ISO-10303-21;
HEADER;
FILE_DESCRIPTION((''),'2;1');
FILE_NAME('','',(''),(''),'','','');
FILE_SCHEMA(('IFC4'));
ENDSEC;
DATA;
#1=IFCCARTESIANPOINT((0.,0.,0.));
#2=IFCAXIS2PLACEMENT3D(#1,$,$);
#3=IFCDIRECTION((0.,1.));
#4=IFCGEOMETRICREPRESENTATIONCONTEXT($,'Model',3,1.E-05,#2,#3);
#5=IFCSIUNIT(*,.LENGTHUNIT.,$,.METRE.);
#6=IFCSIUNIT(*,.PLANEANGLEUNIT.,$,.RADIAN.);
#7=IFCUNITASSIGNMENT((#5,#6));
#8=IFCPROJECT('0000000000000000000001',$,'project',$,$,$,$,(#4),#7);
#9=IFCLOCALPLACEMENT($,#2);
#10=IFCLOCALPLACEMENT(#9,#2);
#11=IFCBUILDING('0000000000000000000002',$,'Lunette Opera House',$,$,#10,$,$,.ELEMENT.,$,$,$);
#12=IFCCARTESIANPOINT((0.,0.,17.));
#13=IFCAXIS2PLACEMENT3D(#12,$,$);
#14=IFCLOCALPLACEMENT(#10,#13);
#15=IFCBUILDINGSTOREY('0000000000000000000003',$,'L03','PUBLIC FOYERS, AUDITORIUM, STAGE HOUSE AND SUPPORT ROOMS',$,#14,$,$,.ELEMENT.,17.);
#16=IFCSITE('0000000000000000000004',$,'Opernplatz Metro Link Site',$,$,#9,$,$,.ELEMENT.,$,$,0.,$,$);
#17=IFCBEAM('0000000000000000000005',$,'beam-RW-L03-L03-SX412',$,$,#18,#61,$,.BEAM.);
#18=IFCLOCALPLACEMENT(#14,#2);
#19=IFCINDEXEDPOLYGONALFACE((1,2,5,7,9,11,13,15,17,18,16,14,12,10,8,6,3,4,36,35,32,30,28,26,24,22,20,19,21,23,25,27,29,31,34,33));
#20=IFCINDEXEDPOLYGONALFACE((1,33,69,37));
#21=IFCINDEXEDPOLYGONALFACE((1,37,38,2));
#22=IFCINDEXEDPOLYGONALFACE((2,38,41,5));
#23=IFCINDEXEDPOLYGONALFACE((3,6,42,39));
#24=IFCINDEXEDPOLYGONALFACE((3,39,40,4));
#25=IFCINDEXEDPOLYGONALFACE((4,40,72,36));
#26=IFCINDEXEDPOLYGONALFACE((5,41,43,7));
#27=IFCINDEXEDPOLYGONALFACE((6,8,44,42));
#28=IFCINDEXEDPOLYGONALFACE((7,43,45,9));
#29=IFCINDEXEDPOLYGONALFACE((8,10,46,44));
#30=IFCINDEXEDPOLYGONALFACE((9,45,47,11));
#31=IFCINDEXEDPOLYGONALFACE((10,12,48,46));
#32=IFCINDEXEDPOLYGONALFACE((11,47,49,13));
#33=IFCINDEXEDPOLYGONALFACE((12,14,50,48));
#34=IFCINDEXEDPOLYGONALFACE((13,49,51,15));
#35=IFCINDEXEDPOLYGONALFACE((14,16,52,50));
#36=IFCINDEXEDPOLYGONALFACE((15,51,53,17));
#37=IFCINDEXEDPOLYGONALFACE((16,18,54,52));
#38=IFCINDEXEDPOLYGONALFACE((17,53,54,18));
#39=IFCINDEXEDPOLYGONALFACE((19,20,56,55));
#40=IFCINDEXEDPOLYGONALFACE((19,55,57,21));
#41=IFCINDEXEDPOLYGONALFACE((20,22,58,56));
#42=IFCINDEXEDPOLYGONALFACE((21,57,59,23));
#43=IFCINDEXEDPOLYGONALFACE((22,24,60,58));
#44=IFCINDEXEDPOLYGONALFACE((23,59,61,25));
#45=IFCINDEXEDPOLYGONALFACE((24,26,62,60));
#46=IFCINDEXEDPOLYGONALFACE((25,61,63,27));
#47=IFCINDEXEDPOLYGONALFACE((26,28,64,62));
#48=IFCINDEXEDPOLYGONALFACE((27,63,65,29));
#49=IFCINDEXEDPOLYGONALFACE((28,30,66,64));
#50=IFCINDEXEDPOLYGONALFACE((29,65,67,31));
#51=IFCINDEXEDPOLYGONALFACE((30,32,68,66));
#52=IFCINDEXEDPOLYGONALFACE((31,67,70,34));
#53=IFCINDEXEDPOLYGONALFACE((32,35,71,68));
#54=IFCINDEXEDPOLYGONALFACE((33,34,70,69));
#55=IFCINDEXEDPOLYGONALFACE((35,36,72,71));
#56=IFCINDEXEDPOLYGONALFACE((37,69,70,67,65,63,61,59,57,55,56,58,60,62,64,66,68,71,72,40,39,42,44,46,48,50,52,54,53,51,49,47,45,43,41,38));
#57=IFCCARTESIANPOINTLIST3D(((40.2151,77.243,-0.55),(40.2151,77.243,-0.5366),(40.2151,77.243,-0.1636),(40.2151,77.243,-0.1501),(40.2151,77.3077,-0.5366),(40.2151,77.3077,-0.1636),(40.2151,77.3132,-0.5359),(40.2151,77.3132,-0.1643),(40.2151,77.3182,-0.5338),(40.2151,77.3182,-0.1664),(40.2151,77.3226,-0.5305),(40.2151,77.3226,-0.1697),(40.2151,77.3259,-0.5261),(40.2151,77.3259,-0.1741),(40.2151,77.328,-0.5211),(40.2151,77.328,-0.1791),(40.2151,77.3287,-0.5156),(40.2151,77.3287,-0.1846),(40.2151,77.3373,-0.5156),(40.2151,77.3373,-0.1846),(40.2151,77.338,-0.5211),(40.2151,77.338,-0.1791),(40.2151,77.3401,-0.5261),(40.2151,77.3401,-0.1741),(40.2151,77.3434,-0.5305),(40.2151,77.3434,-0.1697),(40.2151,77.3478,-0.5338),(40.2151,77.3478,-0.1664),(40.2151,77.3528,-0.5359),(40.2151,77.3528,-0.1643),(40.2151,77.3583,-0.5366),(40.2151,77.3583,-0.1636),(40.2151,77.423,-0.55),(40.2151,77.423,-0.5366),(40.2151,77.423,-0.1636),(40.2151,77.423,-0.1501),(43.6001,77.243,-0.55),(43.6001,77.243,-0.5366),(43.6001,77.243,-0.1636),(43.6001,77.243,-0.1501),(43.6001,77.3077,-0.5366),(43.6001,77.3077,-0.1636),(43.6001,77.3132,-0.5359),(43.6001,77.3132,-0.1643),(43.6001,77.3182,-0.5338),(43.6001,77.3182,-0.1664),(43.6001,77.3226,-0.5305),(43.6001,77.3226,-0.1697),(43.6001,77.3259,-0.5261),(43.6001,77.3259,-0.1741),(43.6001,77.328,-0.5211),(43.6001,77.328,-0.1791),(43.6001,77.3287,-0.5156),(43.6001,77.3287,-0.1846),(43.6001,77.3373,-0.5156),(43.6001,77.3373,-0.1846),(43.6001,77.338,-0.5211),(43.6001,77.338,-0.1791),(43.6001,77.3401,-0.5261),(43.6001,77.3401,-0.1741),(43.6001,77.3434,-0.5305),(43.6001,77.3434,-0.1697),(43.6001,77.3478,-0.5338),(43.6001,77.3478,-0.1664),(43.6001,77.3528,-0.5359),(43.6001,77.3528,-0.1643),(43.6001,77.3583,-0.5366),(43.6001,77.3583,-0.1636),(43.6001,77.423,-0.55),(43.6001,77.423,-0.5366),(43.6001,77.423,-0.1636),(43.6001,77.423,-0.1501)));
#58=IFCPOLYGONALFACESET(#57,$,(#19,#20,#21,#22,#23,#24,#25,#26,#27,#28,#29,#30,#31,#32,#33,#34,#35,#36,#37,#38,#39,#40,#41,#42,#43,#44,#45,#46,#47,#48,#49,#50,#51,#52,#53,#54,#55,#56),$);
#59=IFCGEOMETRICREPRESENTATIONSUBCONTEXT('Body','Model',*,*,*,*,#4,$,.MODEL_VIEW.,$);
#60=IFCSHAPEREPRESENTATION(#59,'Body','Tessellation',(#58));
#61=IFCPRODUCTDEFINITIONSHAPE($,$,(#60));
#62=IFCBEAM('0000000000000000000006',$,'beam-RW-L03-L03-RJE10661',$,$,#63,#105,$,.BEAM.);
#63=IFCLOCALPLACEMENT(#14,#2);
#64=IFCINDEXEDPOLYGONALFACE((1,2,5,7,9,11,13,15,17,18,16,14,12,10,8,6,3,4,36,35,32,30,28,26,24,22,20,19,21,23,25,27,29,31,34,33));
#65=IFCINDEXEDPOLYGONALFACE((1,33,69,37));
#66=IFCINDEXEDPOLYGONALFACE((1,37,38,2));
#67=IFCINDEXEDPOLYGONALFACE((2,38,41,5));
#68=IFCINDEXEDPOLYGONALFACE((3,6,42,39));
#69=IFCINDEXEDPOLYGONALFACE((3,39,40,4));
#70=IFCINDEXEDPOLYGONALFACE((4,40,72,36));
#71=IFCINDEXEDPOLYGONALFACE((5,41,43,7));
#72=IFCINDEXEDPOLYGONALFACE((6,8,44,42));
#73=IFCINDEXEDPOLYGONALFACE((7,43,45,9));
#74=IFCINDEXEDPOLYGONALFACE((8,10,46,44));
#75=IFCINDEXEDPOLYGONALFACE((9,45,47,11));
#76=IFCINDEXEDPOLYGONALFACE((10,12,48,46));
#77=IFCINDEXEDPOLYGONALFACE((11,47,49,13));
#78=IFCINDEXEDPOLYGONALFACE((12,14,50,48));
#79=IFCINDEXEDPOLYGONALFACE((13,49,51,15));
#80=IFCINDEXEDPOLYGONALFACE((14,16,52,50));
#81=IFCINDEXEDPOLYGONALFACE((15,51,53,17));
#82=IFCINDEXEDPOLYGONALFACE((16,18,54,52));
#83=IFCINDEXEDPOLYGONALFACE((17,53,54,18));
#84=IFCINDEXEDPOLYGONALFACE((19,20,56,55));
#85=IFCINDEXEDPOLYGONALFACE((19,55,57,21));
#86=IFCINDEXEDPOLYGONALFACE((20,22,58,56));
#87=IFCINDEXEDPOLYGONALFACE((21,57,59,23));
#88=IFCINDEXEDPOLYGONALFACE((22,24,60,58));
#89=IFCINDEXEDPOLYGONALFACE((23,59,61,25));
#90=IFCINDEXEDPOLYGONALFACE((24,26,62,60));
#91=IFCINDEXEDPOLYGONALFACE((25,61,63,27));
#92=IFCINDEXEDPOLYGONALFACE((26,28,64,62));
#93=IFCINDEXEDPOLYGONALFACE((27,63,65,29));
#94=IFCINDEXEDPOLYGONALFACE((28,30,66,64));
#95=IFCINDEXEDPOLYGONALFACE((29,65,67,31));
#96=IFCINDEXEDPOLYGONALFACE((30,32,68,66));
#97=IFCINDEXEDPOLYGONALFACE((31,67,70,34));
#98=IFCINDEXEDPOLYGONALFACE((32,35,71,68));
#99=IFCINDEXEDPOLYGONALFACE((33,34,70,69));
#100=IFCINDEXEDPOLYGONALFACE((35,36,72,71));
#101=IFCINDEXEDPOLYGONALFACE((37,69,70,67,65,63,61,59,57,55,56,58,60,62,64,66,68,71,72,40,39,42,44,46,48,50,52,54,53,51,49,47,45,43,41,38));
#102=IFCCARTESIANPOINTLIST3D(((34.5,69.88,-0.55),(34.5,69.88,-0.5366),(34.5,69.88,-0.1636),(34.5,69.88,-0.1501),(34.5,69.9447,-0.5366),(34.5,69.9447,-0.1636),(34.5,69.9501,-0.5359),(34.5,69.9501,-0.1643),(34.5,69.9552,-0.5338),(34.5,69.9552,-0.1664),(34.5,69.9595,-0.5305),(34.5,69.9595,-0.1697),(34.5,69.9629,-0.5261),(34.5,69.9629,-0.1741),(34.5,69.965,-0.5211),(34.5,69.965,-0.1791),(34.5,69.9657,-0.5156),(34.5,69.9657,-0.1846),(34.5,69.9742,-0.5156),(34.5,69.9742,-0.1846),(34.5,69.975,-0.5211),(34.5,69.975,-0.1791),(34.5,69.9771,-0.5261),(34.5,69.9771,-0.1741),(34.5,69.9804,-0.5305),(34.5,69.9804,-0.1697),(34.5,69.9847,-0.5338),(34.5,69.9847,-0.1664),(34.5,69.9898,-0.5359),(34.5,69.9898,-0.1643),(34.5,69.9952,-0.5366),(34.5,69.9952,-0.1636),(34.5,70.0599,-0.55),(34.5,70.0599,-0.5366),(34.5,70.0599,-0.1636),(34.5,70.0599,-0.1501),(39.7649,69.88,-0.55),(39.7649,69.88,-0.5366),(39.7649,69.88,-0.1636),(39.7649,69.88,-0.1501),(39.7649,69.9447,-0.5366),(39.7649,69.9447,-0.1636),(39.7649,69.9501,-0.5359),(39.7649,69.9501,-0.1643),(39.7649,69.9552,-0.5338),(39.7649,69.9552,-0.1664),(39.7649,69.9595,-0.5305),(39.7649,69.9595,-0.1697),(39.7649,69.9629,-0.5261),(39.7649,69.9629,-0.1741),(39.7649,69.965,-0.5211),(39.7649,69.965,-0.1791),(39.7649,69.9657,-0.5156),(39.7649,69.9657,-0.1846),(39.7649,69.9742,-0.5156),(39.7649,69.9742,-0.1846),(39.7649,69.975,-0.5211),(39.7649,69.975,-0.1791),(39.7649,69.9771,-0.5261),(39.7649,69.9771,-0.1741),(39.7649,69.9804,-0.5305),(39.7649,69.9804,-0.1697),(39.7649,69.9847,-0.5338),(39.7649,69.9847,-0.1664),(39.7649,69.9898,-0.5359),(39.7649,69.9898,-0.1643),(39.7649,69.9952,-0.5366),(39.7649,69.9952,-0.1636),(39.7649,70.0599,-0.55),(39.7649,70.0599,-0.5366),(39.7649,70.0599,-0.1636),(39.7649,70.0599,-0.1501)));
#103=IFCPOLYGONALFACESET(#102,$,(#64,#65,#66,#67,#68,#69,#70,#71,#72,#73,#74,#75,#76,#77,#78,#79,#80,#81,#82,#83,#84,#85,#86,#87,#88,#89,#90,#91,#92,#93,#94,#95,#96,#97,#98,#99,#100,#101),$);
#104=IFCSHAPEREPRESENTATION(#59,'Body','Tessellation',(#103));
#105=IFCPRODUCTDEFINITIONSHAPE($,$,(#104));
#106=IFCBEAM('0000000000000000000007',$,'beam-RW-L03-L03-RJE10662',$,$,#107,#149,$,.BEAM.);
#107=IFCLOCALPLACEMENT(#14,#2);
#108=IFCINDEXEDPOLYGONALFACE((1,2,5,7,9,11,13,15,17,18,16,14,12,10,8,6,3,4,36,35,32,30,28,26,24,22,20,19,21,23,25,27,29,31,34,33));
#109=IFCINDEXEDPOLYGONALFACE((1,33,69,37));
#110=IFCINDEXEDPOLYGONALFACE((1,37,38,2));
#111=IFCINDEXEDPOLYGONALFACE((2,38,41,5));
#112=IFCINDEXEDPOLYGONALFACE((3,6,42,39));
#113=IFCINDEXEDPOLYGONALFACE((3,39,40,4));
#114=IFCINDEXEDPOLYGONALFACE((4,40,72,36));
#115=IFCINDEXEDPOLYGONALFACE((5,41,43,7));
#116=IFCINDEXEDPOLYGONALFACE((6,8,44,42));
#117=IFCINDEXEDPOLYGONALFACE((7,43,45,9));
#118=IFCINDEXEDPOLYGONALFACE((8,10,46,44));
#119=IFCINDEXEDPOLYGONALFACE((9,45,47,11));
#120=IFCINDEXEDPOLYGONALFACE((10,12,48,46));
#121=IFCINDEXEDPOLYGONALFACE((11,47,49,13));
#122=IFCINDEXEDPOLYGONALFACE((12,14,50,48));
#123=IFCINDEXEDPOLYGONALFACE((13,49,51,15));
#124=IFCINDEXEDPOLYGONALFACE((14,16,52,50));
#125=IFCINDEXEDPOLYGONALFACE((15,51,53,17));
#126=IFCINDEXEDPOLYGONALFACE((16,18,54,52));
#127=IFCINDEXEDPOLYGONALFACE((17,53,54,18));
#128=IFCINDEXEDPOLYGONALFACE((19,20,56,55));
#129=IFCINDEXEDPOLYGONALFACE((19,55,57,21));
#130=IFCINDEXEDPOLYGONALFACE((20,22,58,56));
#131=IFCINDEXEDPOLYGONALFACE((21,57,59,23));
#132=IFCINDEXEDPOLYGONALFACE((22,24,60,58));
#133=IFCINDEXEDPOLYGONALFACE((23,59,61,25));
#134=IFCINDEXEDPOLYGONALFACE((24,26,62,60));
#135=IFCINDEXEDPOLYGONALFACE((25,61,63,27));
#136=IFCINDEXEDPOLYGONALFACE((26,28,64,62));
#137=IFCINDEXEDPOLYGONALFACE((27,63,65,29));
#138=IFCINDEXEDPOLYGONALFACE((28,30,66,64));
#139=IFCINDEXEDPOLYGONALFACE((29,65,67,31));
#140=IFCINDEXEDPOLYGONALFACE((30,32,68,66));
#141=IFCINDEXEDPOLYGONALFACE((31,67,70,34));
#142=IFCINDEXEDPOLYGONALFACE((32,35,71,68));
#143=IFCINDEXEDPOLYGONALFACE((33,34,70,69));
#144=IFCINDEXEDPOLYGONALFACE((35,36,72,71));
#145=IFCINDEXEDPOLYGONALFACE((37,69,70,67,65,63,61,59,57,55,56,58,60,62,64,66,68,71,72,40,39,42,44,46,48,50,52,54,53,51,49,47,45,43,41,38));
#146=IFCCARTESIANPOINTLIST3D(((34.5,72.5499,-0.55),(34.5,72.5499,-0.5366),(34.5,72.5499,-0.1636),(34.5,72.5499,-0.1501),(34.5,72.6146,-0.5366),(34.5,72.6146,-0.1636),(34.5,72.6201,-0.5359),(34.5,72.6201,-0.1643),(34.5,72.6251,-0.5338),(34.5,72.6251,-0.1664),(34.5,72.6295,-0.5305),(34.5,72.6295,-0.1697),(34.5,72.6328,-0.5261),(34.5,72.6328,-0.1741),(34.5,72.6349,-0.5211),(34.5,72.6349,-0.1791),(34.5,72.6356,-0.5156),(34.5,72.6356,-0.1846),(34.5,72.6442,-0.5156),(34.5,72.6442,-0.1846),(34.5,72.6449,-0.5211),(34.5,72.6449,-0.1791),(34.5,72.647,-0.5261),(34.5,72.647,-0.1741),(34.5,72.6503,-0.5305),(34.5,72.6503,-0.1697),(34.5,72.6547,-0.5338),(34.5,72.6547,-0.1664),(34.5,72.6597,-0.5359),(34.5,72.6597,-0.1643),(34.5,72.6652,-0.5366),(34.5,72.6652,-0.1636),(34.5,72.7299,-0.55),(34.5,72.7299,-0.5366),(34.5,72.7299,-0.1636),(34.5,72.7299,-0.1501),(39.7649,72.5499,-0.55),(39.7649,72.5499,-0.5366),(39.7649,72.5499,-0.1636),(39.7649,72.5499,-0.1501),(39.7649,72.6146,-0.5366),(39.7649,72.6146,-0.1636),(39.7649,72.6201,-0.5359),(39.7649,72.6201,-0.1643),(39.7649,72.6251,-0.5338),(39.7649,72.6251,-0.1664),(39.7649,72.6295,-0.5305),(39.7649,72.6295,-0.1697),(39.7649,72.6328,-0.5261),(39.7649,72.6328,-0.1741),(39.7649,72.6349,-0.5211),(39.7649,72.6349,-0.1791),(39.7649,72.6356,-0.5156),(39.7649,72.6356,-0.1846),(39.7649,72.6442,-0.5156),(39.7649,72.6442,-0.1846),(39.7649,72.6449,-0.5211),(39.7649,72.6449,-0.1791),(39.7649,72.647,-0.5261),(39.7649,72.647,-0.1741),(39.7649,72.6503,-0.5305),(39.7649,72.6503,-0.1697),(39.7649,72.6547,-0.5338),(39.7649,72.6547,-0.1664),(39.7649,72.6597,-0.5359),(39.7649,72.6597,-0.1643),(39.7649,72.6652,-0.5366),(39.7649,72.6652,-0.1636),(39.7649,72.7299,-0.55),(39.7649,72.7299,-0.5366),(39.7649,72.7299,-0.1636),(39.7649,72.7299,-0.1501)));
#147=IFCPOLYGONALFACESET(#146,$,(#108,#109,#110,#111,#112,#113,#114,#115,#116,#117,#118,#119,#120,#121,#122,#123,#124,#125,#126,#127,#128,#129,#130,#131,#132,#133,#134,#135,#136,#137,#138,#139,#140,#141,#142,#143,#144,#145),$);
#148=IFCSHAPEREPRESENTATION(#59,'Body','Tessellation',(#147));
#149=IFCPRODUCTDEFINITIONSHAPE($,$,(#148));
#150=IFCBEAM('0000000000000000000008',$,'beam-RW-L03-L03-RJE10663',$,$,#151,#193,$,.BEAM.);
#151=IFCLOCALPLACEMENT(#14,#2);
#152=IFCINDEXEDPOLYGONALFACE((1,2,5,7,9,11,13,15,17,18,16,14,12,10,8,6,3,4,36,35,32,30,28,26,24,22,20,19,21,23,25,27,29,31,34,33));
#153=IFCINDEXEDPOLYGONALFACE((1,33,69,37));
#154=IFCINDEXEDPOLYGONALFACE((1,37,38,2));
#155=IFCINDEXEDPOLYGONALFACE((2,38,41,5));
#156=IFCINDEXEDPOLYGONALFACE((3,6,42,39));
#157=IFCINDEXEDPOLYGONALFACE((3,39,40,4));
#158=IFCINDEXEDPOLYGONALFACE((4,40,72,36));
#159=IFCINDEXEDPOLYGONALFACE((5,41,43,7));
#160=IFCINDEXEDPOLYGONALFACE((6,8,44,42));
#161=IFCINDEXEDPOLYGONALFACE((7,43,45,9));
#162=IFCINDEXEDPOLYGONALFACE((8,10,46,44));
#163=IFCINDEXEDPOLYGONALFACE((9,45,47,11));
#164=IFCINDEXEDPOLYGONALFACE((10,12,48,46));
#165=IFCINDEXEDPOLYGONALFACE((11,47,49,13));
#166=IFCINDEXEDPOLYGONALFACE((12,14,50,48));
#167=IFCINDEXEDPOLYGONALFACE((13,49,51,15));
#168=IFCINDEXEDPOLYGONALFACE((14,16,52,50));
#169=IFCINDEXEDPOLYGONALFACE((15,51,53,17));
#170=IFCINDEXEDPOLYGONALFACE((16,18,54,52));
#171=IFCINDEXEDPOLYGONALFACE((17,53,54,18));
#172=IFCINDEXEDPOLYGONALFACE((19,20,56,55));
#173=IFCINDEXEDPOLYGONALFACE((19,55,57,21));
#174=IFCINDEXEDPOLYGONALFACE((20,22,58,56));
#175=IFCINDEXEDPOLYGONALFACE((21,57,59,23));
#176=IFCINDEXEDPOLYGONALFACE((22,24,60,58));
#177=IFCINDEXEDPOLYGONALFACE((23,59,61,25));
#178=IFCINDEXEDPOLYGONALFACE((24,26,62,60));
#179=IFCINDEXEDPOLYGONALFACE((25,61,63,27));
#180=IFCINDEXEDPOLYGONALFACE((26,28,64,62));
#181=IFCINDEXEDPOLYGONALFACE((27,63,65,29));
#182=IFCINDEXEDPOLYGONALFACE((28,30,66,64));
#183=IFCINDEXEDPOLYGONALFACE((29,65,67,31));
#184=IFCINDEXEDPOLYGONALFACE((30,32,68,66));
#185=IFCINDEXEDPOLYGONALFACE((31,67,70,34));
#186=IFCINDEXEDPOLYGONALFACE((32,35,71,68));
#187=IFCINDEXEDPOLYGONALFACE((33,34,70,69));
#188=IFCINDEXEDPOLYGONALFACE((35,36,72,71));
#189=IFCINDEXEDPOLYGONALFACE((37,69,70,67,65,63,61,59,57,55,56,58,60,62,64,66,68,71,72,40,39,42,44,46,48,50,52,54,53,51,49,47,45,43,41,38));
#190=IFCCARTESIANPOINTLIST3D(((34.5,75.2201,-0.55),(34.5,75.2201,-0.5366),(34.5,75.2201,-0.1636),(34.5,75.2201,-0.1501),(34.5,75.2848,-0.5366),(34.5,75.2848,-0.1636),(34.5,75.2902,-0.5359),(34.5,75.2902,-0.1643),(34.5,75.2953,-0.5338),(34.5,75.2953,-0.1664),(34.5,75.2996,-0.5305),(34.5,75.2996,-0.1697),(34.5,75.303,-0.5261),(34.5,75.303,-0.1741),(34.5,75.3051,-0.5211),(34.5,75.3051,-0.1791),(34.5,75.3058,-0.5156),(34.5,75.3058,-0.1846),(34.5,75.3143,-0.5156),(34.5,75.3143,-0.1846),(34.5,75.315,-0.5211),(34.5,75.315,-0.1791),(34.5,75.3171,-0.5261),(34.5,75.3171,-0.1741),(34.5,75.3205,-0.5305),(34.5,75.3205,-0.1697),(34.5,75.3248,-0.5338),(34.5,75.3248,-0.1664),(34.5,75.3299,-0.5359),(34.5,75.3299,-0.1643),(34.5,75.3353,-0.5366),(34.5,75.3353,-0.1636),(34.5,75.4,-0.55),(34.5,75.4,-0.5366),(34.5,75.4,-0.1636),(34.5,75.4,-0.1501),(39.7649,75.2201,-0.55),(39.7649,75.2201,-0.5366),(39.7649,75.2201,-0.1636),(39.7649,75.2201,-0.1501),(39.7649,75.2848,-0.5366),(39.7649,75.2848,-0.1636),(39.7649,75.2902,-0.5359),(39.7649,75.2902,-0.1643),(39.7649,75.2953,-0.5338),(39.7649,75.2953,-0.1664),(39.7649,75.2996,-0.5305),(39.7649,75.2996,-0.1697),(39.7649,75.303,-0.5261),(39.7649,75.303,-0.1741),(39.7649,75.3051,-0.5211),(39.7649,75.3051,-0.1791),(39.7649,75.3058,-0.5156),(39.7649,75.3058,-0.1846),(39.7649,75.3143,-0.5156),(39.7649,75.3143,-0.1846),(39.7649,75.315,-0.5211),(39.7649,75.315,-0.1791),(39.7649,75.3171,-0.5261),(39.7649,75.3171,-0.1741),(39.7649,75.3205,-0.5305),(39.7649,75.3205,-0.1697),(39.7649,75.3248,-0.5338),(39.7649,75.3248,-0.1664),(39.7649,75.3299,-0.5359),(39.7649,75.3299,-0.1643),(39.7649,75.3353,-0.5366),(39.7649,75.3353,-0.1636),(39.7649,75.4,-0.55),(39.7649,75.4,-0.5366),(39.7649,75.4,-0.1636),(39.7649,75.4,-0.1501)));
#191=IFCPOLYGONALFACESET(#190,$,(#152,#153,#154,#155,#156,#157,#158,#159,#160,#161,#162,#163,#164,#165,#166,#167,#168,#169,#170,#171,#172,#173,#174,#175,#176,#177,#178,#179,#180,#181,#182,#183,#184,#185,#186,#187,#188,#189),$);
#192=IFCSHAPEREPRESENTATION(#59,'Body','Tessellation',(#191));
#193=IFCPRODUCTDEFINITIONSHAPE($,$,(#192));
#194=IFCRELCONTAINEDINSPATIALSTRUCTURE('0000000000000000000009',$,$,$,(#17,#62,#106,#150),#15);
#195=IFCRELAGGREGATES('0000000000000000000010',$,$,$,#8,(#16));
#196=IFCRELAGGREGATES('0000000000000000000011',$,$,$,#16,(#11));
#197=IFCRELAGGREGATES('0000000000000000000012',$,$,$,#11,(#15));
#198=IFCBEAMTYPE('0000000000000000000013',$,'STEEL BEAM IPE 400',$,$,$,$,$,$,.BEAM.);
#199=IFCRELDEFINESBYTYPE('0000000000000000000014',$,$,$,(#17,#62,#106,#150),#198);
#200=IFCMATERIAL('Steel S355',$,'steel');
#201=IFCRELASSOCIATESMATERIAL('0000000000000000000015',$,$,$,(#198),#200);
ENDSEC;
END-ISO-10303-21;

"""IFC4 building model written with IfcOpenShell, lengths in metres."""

from ifc_helpers import new_model, si_unit, direction, frame, origin, origin_2d, place, context, subcontext, project, spatial, i_section, extrude, material, material_profile, profile_set, type_object, element, save


model = new_model("IFC4")

# Units and contexts
model_context = context("Model", 3, precision=1e-05, world=origin(), true_north=direction((0.0, 1.0)))
body_context = subcontext(model_context, "Body", "Model", "MODEL_VIEW")
ifc_project = project(units=[si_unit("LENGTHUNIT", "METRE"), si_unit("PLANEANGLEUNIT", "RADIAN")], contexts=[model_context])

# Site, building, storey
site_placement = place(None, origin())
site = spatial("IfcSite", under=ifc_project, at=site_placement, Name="Opernplatz Metro Link Site", CompositionType="ELEMENT", RefElevation=0.0)
building_placement = place(site_placement, origin())
building = spatial("IfcBuilding", under=site, at=building_placement, Name="Lunette Opera House", CompositionType="ELEMENT")
storey_placement = place(building_placement, frame((0.0, 0.0, 17.0)))
storey = spatial("IfcBuildingStorey", under=building, at=storey_placement, Name="L03", Description="PUBLIC FOYERS, AUDITORIUM, STAGE HOUSE AND SUPPORT ROOMS", CompositionType="ELEMENT", Elevation=17.0)

# Beams
ifc_material_1 = material(Name="Steel S355", Category="steel")
ifc_material_profile_1 = material_profile(ifc_material_1, i_section(OverallWidth=0.1799, OverallDepth=0.3999, WebThickness=0.0085, FlangeThickness=0.0134, FilletRadius=0.021, at=origin_2d()), Name="IPE 400")
ifc_profile_set_1 = profile_set([ifc_material_profile_1], Name="Steel S355")
beam_type_1 = type_object("IfcBeamType", Name="STEEL BEAM IPE 400", PredefinedType="BEAM", material=ifc_profile_set_1)
for number, where, z_axis, x_axis, name in (
    (1, (40.2151, 77.333, -0.3501), (1.0, 0.0, 0.0), (0.0, 1.0, 0.0), "beam-RW-L03-L03-SX412"),
):
    element("IfcBeam", number, at=place(storey_placement, frame(where, z_axis=z_axis, x_axis=x_axis)), inside=storey, type_object=beam_type_1, Name=name, PredefinedType="BEAM", context=body_context, shape_type="SweptSolid", body=[
        extrude(i_section(OverallWidth=0.1799, OverallDepth=0.3999, WebThickness=0.0085, FlangeThickness=0.0134, FilletRadius=0.021, at=origin_2d()), origin(), (0.0, 0.0, 1.0), 3.385),
    ])
for number, where, z_axis, x_axis, name in (
    (2, (34.5, 69.97, -0.3501), (1.0, 0.0, 0.0), (0.0, 1.0, 0.0), "beam-RW-L03-L03-RJE10661"),
    (3, (34.5, 72.6399, -0.3501), (1.0, 0.0, 0.0), (0.0, 1.0, 0.0), "beam-RW-L03-L03-RJE10662"),
    (4, (34.5, 75.3101, -0.3501), (1.0, 0.0, 0.0), (0.0, 1.0, 0.0), "beam-RW-L03-L03-RJE10663"),
):
    element("IfcBeam", number, at=place(storey_placement, frame(where, z_axis=z_axis, x_axis=x_axis)), inside=storey, type_object=beam_type_1, Name=name, PredefinedType="BEAM", context=body_context, shape_type="SweptSolid", body=[
        extrude(i_section(OverallWidth=0.1799, OverallDepth=0.3999, WebThickness=0.0085, FlangeThickness=0.0134, FilletRadius=0.021, at=origin_2d()), origin(), (0.0, 0.0, 1.0), 5.2649),
    ])

save(model, "model.ifc")
